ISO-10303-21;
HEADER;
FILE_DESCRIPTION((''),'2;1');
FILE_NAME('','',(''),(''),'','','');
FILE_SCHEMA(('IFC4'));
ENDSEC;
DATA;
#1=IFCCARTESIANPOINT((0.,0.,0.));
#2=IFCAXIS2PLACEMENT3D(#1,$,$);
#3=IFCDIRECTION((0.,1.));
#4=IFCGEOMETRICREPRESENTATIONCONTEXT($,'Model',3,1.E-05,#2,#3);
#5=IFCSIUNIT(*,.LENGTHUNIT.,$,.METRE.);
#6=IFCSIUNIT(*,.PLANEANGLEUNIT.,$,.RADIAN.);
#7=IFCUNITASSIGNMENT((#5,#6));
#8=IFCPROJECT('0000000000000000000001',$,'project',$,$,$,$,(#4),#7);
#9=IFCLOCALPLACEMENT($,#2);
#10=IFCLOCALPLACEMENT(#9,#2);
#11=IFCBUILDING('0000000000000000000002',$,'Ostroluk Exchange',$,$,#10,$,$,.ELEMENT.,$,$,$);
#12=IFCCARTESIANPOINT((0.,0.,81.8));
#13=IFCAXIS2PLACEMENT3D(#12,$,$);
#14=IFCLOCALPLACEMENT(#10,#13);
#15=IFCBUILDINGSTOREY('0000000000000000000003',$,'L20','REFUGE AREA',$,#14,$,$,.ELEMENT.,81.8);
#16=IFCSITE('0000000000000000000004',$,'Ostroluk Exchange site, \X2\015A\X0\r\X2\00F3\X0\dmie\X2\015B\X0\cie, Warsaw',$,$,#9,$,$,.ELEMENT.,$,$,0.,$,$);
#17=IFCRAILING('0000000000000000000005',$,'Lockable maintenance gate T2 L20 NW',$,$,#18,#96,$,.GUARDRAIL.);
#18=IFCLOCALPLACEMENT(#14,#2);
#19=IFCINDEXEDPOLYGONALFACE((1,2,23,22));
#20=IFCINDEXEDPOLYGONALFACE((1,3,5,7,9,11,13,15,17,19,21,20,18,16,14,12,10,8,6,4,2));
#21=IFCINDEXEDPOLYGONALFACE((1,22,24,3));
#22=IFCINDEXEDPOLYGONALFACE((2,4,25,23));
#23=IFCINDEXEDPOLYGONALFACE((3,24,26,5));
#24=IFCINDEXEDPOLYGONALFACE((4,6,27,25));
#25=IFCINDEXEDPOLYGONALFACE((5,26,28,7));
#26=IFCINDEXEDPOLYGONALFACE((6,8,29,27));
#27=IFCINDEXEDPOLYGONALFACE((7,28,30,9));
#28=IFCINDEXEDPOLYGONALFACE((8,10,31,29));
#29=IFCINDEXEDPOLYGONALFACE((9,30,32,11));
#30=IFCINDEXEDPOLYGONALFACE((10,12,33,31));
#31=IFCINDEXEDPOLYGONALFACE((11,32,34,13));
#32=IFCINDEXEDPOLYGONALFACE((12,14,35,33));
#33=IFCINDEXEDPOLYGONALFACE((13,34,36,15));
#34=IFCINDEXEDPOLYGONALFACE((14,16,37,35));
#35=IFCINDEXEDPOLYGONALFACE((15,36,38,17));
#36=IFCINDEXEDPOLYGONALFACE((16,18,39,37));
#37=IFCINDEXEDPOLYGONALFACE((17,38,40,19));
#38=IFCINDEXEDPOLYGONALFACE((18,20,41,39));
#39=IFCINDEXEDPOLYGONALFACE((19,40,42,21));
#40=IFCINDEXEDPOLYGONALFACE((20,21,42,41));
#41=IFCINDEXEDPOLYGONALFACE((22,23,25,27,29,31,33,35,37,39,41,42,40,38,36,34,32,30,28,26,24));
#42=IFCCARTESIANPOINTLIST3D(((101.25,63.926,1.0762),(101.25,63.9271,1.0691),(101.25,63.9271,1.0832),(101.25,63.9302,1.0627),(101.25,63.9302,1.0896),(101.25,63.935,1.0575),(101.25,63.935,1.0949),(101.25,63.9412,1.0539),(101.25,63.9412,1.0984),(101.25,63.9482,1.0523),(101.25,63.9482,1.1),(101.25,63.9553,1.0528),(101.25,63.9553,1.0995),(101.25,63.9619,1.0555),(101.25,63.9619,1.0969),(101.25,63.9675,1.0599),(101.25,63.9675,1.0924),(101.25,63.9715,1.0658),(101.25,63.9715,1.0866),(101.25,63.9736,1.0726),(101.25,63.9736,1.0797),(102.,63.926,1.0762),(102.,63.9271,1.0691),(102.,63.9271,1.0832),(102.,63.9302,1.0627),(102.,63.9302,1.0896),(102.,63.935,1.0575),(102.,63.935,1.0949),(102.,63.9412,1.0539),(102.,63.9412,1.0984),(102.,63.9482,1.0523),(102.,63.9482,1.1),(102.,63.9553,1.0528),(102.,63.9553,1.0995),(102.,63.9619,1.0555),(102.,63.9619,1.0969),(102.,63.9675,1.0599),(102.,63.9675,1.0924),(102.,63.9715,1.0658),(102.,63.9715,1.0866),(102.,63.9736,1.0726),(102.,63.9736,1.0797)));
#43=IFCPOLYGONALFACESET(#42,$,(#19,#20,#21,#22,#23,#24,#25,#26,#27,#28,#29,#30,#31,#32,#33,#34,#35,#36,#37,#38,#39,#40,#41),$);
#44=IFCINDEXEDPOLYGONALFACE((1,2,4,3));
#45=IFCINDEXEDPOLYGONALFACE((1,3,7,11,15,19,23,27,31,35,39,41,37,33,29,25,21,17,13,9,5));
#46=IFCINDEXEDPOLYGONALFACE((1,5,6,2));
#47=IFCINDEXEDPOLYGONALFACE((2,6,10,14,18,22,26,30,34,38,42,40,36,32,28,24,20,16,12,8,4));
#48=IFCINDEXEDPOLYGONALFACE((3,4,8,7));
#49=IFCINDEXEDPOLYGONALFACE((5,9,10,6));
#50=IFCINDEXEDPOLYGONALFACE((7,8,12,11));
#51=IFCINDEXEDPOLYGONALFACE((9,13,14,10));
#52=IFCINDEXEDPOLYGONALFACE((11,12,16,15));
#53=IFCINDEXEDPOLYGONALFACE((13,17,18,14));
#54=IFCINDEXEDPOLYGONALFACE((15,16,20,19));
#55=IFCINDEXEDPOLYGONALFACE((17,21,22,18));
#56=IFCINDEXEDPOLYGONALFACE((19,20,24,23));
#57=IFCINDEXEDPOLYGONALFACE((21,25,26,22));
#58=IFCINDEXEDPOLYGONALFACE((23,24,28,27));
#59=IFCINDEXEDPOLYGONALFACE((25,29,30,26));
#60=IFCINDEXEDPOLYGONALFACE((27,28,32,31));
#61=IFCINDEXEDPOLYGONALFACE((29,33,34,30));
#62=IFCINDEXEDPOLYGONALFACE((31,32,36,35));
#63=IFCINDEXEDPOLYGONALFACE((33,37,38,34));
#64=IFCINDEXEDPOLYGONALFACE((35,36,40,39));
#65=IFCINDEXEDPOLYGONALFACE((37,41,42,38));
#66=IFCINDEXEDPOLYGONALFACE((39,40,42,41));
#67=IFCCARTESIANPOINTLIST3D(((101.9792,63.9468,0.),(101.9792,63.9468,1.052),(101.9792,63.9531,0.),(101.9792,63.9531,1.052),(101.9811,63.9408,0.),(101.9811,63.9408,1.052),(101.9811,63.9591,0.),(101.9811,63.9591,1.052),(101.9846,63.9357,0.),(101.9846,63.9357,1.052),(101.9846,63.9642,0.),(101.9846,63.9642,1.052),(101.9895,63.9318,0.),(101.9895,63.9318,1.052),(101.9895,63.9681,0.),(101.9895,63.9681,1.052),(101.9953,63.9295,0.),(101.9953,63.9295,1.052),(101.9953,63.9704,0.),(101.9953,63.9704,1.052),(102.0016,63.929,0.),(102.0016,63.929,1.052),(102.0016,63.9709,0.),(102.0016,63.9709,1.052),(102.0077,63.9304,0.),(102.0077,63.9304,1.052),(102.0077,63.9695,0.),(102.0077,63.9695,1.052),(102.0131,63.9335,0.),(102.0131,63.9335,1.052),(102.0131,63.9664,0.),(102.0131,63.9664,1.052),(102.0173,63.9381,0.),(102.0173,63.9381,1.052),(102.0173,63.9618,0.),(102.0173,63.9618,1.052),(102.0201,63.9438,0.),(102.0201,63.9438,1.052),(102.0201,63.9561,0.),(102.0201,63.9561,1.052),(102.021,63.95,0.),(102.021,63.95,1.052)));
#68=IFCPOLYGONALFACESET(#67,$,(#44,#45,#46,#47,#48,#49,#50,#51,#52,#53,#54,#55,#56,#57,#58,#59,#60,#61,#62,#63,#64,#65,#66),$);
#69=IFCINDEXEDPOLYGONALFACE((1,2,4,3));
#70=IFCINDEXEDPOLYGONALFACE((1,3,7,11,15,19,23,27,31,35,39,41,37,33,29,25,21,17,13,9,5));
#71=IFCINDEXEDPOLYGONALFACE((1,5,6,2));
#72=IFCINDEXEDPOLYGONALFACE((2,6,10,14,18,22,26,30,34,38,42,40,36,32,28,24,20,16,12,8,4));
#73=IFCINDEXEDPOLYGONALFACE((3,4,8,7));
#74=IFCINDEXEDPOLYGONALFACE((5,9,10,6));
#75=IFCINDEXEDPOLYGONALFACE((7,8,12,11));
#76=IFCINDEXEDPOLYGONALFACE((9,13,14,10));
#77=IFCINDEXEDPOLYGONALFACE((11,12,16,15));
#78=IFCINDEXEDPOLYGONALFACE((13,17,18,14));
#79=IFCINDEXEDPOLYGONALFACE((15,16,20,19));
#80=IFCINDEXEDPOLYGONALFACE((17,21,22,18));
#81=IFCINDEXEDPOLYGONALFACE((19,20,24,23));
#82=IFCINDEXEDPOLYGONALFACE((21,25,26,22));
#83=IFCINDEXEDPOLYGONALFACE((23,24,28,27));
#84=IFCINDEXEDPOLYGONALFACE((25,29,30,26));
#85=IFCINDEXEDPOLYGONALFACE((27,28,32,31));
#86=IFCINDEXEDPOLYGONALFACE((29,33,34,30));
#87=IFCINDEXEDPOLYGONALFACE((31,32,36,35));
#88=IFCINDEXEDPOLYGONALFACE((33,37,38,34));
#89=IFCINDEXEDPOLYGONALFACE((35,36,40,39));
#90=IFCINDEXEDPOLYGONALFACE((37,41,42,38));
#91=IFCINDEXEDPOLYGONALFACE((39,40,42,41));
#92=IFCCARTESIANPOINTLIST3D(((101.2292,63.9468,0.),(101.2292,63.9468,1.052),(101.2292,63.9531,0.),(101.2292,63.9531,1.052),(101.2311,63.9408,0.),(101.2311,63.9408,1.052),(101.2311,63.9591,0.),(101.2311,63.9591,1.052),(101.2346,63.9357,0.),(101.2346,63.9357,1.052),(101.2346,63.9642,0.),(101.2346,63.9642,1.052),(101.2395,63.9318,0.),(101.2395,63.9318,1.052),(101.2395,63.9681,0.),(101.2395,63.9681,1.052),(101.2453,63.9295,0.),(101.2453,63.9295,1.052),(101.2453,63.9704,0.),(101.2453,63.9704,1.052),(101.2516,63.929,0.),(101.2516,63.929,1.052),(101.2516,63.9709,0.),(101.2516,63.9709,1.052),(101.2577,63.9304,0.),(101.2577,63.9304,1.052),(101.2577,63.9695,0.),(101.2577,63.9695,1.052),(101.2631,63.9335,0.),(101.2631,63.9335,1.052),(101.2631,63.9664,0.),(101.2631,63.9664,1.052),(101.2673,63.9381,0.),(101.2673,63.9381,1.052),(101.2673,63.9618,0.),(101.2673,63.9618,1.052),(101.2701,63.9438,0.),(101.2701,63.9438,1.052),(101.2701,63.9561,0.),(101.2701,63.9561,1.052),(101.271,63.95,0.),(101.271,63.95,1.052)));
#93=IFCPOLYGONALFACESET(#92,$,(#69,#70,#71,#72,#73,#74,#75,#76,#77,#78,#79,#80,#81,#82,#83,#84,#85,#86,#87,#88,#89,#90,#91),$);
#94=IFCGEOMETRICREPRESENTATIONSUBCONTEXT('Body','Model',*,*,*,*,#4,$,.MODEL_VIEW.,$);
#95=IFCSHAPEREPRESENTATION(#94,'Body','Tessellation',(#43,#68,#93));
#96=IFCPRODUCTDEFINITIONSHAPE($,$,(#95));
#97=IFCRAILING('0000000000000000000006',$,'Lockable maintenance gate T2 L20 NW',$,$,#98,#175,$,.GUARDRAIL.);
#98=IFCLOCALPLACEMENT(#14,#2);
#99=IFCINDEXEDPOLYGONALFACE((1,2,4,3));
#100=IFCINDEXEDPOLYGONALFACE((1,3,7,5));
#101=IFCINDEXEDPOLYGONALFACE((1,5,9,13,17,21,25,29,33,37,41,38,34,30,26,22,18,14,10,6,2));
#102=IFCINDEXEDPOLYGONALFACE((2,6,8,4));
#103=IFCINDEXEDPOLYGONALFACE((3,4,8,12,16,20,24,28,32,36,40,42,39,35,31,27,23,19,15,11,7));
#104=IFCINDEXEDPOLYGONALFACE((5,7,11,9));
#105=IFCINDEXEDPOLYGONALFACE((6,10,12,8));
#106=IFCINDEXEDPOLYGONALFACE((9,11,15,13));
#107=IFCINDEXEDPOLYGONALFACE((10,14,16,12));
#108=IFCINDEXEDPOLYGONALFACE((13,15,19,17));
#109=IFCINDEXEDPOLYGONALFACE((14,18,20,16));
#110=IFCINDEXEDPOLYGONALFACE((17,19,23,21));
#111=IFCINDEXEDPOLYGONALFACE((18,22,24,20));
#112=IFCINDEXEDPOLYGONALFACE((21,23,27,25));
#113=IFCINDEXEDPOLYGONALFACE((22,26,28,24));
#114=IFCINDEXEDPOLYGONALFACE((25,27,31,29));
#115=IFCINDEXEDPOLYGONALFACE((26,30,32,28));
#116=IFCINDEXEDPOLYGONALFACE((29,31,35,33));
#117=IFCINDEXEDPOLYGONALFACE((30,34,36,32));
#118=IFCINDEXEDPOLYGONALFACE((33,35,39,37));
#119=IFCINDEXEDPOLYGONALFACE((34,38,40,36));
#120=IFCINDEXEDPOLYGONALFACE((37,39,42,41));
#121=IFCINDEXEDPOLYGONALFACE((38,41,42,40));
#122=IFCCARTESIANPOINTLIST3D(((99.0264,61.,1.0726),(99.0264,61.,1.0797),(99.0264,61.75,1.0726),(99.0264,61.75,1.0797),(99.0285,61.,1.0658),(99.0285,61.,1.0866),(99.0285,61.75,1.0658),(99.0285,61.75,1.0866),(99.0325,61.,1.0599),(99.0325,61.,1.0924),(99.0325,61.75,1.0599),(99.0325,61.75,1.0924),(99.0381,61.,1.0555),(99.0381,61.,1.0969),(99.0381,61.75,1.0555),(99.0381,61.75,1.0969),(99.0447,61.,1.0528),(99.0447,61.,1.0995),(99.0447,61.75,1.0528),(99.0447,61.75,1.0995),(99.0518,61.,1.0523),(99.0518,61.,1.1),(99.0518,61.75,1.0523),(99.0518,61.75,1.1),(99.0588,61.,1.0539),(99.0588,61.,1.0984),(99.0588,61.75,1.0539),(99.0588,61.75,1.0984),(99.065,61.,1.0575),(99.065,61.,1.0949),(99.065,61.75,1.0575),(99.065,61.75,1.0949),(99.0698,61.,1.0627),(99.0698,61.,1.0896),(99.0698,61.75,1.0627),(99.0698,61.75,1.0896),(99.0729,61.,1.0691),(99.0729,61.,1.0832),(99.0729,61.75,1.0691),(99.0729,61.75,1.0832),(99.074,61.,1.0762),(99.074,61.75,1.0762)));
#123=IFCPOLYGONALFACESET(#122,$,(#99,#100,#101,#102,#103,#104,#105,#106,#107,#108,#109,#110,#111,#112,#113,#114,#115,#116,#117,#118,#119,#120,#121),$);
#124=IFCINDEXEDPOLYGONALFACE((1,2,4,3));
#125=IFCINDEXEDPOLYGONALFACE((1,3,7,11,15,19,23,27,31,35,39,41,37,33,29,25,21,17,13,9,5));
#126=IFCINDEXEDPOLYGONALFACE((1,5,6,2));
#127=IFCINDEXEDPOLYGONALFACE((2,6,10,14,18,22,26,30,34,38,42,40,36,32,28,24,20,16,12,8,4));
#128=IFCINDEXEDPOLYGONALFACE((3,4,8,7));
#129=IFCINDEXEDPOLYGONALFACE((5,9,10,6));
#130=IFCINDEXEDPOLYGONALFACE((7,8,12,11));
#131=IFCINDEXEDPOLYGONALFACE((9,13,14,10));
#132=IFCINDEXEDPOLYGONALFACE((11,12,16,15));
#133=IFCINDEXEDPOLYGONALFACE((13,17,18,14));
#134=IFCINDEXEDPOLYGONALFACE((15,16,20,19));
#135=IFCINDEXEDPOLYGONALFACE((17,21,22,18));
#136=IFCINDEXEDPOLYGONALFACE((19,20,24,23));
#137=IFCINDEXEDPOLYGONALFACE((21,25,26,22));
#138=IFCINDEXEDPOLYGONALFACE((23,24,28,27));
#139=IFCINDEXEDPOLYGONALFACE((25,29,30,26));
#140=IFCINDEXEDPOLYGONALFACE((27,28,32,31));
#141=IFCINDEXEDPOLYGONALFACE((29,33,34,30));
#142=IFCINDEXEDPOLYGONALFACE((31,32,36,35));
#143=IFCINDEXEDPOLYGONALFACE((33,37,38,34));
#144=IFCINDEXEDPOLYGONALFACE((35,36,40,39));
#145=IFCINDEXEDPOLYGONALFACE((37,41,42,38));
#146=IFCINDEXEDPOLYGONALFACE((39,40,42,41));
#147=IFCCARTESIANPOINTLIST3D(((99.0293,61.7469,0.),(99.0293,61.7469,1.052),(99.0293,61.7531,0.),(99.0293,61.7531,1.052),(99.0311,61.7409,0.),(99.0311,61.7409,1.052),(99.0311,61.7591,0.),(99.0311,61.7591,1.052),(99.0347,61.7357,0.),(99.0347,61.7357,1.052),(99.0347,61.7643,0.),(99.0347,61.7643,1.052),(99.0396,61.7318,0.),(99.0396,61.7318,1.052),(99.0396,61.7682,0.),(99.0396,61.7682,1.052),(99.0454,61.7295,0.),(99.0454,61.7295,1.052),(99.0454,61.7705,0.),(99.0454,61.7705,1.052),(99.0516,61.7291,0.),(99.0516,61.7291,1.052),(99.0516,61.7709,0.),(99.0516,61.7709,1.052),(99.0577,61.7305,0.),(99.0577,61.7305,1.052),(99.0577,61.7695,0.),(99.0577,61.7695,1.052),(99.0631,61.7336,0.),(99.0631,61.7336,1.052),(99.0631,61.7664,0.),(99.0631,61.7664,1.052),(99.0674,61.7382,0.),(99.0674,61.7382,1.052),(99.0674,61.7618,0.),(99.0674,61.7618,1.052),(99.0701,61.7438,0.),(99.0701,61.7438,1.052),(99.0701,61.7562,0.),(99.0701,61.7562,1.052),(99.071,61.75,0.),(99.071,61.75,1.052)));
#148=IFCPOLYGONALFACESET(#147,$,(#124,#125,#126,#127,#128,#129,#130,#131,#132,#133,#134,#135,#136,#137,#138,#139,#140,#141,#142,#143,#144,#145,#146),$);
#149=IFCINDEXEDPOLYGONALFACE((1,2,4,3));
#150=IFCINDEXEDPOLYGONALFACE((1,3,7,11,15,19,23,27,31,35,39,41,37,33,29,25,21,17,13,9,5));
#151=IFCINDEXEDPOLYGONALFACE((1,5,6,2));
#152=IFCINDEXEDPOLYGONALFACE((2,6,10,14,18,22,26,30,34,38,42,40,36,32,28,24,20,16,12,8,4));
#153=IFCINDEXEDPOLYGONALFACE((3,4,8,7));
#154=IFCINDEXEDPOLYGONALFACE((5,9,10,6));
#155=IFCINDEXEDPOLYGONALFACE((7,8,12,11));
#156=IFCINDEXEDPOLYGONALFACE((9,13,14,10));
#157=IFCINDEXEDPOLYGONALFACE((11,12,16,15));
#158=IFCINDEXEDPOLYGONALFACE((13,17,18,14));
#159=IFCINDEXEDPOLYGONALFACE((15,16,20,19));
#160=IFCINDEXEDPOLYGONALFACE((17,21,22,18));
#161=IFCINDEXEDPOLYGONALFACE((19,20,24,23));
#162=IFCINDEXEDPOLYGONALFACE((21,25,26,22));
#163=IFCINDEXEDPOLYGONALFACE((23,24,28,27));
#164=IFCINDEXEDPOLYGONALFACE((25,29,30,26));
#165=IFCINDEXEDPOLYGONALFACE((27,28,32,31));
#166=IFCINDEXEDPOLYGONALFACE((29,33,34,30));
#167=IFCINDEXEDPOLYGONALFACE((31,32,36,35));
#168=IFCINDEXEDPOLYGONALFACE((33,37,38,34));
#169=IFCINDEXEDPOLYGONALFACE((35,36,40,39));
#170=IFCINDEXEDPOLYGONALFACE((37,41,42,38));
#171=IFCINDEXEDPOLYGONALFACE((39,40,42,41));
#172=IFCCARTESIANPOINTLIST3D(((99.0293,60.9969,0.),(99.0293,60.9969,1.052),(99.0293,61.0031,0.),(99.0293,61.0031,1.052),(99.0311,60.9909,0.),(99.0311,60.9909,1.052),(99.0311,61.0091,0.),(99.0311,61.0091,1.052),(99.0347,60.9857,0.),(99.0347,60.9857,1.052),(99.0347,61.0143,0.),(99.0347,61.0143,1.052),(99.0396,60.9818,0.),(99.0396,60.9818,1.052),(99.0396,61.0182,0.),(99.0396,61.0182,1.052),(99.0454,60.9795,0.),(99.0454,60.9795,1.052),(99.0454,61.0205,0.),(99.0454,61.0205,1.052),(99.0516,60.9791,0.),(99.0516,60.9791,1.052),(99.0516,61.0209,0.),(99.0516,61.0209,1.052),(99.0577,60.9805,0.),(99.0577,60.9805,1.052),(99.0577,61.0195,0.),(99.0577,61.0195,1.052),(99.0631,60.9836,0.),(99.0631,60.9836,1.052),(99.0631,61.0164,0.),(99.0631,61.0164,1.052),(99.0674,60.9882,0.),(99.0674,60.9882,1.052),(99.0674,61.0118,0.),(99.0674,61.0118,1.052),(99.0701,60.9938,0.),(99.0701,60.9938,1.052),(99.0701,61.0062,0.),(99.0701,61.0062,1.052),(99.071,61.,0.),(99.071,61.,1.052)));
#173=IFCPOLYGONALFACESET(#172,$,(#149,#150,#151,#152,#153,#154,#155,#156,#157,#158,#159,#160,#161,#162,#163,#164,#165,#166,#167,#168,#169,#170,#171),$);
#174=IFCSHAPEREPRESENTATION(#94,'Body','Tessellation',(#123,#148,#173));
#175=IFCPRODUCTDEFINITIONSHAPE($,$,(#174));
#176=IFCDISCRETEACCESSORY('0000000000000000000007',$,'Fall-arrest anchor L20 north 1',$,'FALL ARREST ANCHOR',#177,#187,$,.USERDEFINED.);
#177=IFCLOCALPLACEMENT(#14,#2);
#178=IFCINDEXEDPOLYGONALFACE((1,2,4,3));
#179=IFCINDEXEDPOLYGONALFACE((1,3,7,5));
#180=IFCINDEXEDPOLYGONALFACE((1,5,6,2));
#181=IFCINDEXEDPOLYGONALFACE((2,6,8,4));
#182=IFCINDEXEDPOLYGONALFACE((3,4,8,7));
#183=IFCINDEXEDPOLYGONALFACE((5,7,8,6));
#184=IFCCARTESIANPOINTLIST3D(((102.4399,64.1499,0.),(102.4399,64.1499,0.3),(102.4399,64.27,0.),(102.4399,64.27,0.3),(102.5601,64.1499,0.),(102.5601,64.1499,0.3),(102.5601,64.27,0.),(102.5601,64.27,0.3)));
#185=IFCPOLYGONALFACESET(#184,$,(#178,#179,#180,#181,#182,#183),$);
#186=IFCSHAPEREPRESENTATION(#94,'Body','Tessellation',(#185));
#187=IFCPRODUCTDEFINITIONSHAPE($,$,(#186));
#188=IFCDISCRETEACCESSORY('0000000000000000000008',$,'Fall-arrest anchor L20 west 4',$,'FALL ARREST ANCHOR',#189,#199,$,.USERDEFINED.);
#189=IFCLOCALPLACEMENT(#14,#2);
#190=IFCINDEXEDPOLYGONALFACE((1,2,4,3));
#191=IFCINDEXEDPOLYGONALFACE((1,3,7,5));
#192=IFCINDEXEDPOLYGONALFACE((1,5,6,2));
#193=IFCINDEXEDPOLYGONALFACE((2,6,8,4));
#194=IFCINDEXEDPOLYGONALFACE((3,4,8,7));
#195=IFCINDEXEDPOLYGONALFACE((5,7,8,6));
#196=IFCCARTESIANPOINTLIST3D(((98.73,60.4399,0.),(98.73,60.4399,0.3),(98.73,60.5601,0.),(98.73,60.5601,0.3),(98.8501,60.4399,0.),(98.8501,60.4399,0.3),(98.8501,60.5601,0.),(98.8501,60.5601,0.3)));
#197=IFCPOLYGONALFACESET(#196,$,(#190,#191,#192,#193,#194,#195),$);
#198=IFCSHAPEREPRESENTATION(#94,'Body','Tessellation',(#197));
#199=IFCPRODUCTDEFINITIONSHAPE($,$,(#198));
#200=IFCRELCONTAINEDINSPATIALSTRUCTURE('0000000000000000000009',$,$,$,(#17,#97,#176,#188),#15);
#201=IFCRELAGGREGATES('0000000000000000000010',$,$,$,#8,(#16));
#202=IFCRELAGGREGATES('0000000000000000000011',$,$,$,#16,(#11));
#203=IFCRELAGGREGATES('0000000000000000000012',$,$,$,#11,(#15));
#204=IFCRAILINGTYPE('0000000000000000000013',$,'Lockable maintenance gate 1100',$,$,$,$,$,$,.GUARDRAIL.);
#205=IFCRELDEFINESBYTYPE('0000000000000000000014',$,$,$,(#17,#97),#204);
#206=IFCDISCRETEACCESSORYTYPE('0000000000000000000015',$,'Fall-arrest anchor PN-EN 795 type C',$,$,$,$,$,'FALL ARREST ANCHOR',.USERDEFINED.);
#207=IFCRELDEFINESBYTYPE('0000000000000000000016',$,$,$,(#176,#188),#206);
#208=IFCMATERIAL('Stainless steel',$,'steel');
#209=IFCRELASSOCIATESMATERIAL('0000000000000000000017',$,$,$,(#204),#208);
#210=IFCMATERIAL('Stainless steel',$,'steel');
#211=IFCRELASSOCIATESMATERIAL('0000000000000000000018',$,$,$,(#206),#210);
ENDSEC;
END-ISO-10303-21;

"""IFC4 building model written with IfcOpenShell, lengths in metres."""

from ifc_helpers import new_model, si_unit, direction, frame, origin, origin_2d, place, context, subcontext, project, spatial, rectangle, circle, extrude, material, type_object, element, save


model = new_model("IFC4")

# Units and contexts
model_context = context("Model", 3, precision=1e-05, world=origin(), true_north=direction((0.0, 1.0)))
body_context = subcontext(model_context, "Body", "Model", "MODEL_VIEW")
ifc_project = project(units=[si_unit("LENGTHUNIT", "METRE"), si_unit("PLANEANGLEUNIT", "RADIAN")], contexts=[model_context])

# Site, building, storey
site_placement = place(None, origin())
site = spatial("IfcSite", under=ifc_project, at=site_placement, Name="Ostroluk Exchange site, Śródmieście, Warsaw", CompositionType="ELEMENT", RefElevation=0.0)
building_placement = place(site_placement, origin())
building = spatial("IfcBuilding", under=site, at=building_placement, Name="Ostroluk Exchange", CompositionType="ELEMENT")
storey_placement = place(building_placement, frame((0.0, 0.0, 81.8)))
storey = spatial("IfcBuildingStorey", under=building, at=storey_placement, Name="L20", Description="REFUGE AREA", CompositionType="ELEMENT", Elevation=81.8)

# Railings
ifc_material_1 = material(Name="Stainless steel", Category="steel")
railing_type_1 = type_object("IfcRailingType", Name="Lockable maintenance gate 1100", PredefinedType="GUARDRAIL", material=ifc_material_1)
railing_1_placement = place(storey_placement, frame((102.0, 63.95, 0.0)))
element("IfcRailing", 1, at=railing_1_placement, inside=storey, type_object=railing_type_1, Name="Lockable maintenance gate T2 L20 NW", PredefinedType="GUARDRAIL", context=body_context, shape_type="SweptSolid", body=[
    extrude(circle(Radius=0.0239, at=origin_2d()), frame((0.0, 0.0, 1.0762), z_axis=(-1.0, 0.0, 0.0), x_axis=(0.0, -1.0, 0.0)), (0.0, 0.0, 1.0), 0.75),
    extrude(circle(Radius=0.021, at=origin_2d()), origin(), (0.0, 0.0, 1.0), 1.052),
    extrude(circle(Radius=0.021, at=origin_2d()), frame((-0.75, 0.0, 0.0)), (0.0, 0.0, 1.0), 1.052),
])
railing_2_placement = place(storey_placement, frame((99.05, 61.75, 0.0)))
element("IfcRailing", 2, at=railing_2_placement, inside=storey, type_object=railing_type_1, Name="Lockable maintenance gate T2 L20 NW", PredefinedType="GUARDRAIL", context=body_context, shape_type="SweptSolid", body=[
    extrude(circle(Radius=0.0239, at=origin_2d()), frame((0.0, 0.0, 1.0762), z_axis=(0.0, -1.0, 0.0), x_axis=(1.0, 0.0, 0.0)), (0.0, 0.0, 1.0), 0.75),
    extrude(circle(Radius=0.021, at=origin_2d()), origin(), (0.0, 0.0, 1.0), 1.052),
    extrude(circle(Radius=0.021, at=origin_2d()), frame((0.0, -0.75, 0.0)), (0.0, 0.0, 1.0), 1.052),
])

# Discrete accessories
ifc_material_2 = material(Name="Stainless steel", Category="steel")
discrete_accessory_type = type_object("IfcDiscreteAccessoryType", Name="Fall-arrest anchor PN-EN 795 type C", ElementType="FALL ARREST ANCHOR", PredefinedType="USERDEFINED", material=ifc_material_2)
for number, where, z_axis, x_axis, name in (
    (3, (102.5, 64.21, 0.0), (0.0, 0.0, 1.0), (1.0, 0.0, 0.0), "Fall-arrest anchor L20 north 1"),
    (4, (98.79, 60.5, 0.0), (0.0, 0.0, 1.0), (1.0, 0.0, 0.0), "Fall-arrest anchor L20 west 4"),
):
    element("IfcDiscreteAccessory", number, at=place(storey_placement, frame(where, z_axis=z_axis, x_axis=x_axis)), inside=storey, type_object=discrete_accessory_type, Name=name, ObjectType="FALL ARREST ANCHOR", PredefinedType="USERDEFINED", context=body_context, shape_type="SweptSolid", body=[
        extrude(rectangle(XDim=0.1201, YDim=0.1201, at=origin_2d()), origin(), (0.0, 0.0, 1.0), 0.3),
    ])

save(model, "model.ifc")
